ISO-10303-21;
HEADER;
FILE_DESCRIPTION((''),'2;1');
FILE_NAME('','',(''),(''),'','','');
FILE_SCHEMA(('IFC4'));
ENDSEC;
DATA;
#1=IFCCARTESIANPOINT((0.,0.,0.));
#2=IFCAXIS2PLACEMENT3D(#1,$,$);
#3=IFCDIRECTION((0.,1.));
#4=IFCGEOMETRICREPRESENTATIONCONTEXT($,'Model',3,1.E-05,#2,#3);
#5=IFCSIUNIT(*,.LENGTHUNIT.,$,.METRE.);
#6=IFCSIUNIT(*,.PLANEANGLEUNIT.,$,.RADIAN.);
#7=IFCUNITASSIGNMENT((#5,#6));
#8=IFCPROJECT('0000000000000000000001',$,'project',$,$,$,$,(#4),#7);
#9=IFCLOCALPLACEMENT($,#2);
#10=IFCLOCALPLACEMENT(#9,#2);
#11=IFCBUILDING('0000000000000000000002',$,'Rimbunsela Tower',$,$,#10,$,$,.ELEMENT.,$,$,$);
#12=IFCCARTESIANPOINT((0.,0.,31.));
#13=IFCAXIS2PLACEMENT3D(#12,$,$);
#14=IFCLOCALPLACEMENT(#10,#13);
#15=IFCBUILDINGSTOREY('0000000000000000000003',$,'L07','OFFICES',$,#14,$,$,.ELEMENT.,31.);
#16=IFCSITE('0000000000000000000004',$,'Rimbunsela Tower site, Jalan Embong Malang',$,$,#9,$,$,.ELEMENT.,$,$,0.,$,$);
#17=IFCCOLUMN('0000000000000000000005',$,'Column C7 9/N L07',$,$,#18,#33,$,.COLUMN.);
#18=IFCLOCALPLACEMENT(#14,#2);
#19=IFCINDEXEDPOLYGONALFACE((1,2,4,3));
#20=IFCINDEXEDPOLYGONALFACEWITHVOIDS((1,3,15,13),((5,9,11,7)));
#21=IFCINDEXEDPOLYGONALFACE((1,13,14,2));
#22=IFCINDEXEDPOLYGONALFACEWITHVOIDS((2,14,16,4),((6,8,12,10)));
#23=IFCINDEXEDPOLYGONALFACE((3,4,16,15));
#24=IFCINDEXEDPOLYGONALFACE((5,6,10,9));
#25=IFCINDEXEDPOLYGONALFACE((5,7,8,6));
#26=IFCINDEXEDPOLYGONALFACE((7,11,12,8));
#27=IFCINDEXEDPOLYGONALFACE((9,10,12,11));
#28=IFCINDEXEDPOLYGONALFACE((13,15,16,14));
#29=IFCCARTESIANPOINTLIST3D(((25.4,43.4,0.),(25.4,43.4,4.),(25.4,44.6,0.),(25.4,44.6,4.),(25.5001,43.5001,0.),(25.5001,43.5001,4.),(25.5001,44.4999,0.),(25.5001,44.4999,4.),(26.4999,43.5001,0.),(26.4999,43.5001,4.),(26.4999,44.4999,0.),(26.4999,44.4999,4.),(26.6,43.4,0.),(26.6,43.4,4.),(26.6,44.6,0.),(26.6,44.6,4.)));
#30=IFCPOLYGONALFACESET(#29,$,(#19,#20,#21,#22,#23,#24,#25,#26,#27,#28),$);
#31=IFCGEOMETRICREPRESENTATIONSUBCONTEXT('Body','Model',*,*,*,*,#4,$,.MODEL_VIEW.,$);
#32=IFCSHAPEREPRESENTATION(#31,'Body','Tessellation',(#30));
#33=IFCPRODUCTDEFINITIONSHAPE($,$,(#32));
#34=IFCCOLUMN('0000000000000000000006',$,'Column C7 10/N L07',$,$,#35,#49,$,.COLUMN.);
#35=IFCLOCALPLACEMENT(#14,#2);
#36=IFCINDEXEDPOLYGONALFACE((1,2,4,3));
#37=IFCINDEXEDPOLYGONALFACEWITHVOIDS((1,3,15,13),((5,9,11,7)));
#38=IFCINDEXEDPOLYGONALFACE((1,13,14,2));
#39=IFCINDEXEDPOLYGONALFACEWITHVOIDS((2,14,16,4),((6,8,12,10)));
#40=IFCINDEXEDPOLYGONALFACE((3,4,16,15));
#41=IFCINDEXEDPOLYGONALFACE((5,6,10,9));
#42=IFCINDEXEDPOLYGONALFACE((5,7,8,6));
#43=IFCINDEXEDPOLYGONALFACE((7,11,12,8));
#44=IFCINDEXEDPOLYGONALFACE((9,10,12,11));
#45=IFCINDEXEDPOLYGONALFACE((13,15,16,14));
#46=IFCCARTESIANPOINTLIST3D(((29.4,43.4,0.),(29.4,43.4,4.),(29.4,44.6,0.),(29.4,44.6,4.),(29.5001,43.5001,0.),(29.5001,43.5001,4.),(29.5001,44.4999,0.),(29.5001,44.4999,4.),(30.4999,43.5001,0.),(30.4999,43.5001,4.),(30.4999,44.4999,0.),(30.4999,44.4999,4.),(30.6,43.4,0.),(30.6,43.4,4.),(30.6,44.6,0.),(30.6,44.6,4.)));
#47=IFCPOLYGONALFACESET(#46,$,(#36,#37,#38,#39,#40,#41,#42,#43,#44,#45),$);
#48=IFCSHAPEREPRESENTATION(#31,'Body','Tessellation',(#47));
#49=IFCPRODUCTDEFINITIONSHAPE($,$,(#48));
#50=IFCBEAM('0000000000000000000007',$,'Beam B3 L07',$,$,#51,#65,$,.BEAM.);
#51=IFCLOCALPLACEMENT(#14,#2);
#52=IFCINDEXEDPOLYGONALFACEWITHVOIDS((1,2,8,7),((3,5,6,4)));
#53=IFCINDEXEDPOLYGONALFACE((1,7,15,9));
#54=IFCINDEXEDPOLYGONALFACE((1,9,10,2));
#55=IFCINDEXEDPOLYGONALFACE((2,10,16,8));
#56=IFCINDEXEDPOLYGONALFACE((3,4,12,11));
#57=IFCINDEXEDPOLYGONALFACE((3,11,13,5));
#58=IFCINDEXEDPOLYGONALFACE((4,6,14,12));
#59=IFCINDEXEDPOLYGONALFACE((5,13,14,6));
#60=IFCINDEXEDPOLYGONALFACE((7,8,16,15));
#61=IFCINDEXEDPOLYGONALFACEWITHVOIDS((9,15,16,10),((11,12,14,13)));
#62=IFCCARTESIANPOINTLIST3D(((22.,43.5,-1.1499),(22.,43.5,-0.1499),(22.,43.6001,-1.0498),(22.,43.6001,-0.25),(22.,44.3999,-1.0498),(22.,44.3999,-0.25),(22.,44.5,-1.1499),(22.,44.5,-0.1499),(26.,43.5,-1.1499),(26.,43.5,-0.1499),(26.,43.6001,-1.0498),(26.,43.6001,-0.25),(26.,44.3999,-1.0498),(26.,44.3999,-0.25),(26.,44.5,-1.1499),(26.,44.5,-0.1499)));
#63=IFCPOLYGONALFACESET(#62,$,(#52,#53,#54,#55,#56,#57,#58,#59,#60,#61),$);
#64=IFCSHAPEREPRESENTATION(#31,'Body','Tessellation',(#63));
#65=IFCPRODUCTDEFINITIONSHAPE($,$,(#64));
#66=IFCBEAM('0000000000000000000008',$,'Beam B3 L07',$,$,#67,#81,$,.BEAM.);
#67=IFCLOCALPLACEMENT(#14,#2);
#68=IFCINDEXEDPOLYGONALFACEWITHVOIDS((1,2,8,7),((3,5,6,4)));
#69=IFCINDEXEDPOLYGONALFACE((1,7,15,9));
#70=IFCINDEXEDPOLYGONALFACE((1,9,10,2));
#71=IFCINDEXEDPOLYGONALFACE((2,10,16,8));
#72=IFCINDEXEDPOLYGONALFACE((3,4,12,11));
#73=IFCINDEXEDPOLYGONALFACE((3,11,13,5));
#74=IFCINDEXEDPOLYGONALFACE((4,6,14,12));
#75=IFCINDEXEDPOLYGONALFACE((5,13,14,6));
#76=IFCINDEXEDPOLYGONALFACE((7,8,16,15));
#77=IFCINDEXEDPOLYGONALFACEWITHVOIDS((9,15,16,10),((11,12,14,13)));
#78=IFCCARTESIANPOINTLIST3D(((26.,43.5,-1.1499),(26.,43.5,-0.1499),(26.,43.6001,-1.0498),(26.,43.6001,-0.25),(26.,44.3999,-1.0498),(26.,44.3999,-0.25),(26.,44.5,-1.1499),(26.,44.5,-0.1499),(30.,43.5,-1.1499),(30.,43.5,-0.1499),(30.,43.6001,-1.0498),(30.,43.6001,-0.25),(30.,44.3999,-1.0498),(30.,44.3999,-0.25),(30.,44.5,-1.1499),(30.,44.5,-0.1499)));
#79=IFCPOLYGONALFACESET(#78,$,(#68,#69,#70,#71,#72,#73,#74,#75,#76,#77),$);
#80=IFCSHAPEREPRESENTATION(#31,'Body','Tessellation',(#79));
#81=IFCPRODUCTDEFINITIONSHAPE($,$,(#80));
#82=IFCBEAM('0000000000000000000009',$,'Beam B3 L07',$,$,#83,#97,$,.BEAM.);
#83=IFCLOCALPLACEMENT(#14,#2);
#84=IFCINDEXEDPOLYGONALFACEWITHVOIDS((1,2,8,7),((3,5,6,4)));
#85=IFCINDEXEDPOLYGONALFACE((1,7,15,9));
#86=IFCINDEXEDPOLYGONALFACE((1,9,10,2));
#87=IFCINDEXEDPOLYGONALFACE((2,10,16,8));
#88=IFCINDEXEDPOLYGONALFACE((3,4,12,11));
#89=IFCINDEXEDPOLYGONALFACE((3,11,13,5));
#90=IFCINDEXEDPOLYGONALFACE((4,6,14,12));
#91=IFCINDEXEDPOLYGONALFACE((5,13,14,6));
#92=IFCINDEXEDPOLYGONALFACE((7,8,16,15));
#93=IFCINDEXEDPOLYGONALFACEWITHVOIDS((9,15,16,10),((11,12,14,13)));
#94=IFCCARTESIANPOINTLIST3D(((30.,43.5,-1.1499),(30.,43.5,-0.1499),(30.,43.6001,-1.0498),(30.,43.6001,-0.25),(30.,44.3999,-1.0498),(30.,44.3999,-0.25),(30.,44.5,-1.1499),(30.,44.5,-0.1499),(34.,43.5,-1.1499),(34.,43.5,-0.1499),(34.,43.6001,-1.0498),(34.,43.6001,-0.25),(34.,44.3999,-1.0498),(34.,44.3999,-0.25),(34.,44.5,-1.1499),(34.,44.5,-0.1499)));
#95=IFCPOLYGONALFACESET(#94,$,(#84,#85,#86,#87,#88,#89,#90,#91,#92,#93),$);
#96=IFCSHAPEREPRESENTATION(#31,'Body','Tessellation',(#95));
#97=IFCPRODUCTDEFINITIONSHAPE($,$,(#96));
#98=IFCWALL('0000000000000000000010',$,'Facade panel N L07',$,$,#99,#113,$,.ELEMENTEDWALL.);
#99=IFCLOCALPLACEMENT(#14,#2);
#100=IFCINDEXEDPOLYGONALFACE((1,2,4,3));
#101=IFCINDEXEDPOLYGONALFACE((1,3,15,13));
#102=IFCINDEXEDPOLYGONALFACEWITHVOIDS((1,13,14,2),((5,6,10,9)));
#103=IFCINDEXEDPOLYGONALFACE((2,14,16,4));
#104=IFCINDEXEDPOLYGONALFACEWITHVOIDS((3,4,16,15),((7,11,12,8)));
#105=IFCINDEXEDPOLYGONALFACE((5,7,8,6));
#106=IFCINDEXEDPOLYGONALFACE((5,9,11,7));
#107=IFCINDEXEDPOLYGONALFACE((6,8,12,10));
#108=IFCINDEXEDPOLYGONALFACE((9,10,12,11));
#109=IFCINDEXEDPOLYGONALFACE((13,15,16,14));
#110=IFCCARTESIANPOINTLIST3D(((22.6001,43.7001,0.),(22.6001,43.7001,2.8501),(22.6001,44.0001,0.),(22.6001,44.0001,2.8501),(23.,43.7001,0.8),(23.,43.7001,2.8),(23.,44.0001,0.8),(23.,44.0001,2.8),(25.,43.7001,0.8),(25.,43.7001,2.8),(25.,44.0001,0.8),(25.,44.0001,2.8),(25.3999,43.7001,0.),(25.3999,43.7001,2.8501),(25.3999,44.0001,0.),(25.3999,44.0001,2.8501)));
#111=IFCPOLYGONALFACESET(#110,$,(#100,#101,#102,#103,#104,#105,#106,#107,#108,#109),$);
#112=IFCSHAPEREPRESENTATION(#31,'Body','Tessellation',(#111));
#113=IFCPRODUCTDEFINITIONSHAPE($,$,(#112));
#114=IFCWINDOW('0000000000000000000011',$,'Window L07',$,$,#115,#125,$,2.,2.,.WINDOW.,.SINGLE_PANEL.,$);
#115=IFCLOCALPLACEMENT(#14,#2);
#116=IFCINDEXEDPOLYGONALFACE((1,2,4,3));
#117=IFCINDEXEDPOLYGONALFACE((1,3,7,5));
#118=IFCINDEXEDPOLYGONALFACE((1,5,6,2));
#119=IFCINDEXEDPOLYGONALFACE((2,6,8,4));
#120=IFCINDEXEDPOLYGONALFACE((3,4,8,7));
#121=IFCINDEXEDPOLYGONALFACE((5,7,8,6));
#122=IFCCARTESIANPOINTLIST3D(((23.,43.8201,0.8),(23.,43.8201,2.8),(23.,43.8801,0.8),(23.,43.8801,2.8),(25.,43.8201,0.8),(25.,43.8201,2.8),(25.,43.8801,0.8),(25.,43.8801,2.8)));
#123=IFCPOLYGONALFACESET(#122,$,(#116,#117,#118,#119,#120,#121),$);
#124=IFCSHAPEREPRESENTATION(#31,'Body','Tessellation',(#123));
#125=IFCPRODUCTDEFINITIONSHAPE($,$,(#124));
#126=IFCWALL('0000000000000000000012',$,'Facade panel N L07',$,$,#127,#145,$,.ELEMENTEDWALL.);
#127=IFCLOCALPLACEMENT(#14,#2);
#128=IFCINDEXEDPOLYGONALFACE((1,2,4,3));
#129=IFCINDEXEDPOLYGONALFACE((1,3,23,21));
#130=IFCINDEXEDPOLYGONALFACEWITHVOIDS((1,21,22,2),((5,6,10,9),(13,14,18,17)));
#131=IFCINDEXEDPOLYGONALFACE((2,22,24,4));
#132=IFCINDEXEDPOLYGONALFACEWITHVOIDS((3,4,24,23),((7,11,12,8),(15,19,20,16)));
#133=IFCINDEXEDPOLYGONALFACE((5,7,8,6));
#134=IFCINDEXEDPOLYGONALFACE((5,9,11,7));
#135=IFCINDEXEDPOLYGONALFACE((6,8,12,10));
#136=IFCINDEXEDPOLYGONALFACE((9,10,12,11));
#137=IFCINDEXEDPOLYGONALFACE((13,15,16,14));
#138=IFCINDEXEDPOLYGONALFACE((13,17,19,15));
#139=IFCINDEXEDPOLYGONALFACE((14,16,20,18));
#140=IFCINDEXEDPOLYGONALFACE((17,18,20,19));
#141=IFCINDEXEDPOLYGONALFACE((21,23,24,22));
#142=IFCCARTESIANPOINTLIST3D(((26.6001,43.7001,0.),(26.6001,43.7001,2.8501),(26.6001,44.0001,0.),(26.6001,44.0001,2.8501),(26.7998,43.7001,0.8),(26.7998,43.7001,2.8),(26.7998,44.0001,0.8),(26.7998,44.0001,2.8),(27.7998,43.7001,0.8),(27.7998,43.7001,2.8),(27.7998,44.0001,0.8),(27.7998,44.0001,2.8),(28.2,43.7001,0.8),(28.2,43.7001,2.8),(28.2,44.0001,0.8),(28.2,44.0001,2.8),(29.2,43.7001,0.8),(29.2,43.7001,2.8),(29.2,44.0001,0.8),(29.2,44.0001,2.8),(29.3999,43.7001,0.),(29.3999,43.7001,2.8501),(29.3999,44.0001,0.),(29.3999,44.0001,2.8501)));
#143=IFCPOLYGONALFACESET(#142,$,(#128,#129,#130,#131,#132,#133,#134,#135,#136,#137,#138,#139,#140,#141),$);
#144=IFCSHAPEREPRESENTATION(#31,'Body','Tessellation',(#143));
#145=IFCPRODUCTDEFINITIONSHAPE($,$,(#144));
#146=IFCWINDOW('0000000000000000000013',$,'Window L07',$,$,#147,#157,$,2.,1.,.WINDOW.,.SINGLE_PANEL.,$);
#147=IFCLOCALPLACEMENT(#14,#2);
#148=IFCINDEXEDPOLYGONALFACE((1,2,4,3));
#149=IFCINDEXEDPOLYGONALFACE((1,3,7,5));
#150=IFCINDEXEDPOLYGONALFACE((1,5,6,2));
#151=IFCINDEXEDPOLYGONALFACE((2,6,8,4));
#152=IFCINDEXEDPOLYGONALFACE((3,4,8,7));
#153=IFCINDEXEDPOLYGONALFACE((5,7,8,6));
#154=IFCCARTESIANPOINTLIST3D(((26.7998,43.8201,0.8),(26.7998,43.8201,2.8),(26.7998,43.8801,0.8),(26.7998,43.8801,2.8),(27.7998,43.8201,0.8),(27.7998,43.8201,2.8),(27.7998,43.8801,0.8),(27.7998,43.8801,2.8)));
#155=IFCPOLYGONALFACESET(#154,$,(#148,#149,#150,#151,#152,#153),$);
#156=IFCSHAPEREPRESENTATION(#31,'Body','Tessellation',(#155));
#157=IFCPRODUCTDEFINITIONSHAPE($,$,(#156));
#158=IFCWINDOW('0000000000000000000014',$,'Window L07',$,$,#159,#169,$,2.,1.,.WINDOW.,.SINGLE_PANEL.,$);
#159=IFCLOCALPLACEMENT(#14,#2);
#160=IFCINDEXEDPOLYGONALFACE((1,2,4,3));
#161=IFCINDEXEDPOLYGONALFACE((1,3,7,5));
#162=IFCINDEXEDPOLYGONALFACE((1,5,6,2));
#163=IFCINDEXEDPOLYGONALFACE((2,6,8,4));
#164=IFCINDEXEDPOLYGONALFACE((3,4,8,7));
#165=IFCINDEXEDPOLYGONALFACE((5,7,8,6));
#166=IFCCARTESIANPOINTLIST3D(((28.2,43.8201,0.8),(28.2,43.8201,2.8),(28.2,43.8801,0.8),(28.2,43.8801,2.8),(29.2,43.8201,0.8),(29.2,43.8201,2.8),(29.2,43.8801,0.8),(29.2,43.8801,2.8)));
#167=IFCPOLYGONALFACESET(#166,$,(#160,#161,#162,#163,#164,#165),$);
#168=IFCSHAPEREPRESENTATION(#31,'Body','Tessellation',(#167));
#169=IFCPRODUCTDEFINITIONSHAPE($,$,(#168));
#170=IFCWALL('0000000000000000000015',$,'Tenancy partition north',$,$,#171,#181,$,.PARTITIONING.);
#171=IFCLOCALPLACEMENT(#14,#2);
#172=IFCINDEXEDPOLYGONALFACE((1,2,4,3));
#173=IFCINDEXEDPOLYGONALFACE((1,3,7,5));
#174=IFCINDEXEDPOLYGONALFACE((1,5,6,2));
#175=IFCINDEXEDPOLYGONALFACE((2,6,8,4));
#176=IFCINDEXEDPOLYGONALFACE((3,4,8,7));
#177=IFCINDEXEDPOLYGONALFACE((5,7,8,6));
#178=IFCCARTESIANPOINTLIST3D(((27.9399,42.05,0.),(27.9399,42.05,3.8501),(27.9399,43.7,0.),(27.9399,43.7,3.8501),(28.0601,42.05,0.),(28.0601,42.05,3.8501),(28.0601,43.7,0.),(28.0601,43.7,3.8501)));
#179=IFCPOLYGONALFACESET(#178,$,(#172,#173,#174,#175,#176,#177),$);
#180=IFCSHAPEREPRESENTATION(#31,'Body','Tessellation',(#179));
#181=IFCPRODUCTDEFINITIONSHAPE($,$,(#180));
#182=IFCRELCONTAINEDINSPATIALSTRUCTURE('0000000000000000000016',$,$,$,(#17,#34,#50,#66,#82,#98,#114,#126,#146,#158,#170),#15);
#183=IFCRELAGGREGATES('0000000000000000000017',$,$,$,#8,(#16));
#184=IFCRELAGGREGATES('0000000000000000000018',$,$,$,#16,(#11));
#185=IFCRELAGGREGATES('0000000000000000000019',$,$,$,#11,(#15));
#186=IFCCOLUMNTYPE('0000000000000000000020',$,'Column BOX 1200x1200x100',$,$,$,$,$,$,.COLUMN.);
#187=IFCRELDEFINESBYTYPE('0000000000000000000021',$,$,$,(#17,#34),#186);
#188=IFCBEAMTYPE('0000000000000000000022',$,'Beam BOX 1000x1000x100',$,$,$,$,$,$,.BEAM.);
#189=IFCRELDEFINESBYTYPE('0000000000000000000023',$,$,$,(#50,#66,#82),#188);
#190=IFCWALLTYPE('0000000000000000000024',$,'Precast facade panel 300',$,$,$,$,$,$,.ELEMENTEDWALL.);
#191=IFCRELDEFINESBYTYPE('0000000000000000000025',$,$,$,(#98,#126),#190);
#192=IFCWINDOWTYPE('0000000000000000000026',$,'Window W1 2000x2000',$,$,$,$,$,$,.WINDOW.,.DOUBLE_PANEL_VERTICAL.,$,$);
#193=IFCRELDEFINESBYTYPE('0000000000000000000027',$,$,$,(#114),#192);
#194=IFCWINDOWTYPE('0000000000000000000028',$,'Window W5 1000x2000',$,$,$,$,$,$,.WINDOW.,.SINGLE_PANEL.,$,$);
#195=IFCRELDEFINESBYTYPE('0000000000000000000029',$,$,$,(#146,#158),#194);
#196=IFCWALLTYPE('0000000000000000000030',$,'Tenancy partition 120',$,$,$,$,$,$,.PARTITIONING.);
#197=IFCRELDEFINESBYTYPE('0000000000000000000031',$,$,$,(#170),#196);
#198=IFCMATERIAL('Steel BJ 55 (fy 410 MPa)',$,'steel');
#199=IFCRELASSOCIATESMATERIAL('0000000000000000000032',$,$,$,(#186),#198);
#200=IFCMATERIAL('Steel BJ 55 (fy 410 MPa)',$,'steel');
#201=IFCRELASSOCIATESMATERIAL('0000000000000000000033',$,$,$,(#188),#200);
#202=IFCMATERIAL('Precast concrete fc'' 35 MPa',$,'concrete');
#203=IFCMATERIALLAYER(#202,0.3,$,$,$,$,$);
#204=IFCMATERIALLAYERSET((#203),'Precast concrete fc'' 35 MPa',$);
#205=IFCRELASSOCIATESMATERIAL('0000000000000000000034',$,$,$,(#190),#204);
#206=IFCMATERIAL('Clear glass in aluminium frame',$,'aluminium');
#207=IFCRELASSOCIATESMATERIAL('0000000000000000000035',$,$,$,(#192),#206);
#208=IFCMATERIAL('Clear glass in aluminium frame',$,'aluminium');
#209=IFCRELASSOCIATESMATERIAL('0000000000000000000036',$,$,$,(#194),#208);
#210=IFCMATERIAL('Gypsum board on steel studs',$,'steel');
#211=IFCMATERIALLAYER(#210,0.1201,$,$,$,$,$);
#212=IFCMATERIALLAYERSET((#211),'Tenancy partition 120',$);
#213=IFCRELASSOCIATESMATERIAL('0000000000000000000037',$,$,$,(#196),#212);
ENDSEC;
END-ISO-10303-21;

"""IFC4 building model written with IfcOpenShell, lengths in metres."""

from ifc_helpers import new_model, si_unit, direction, frame, frame_2d, origin, origin_2d, place, context, subcontext, project, spatial, rectangle, hollow_rectangle, extrude, material, layer, layer_set, material_profile, profile_set, type_object, element, fill, save


model = new_model("IFC4")

# Units and contexts
model_context = context("Model", 3, precision=1e-05, world=origin(), true_north=direction((0.0, 1.0)))
body_context = subcontext(model_context, "Body", "Model", "MODEL_VIEW")
ifc_project = project(units=[si_unit("LENGTHUNIT", "METRE"), si_unit("PLANEANGLEUNIT", "RADIAN")], contexts=[model_context])

# Site, building, storey
site_placement = place(None, origin())
site = spatial("IfcSite", under=ifc_project, at=site_placement, Name="Rimbunsela Tower site, Jalan Embong Malang", CompositionType="ELEMENT", RefElevation=0.0)
building_placement = place(site_placement, origin())
building = spatial("IfcBuilding", under=site, at=building_placement, Name="Rimbunsela Tower", CompositionType="ELEMENT")
storey_placement = place(building_placement, frame((0.0, 0.0, 31.0)))
storey = spatial("IfcBuildingStorey", under=building, at=storey_placement, Name="L07", Description="OFFICES", CompositionType="ELEMENT", Elevation=31.0)

# Columns
ifc_material_1 = material(Name="Steel BJ 55 (fy 410 MPa)", Category="steel")
ifc_material_profile_1 = material_profile(ifc_material_1, hollow_rectangle(XDim=1.2, YDim=1.2, WallThickness=0.1001, at=origin_2d()), Name="BOX 1200x1200x100")
ifc_profile_set_1 = profile_set([ifc_material_profile_1], Name="Steel BJ 55 (fy 410 MPa)")
column_type = type_object("IfcColumnType", Name="Column BOX 1200x1200x100", PredefinedType="COLUMN", material=ifc_profile_set_1)
for number, where, z_axis, x_axis, name in (
    (1, (26.0, 44.0, 0.0), (0.0, 0.0, 1.0), (1.0, 0.0, 0.0), "Column C7 9/N L07"),
    (2, (30.0, 44.0, 0.0), (0.0, 0.0, 1.0), (1.0, 0.0, 0.0), "Column C7 10/N L07"),
):
    element("IfcColumn", number, at=place(storey_placement, frame(where, z_axis=z_axis, x_axis=x_axis)), inside=storey, type_object=column_type, Name=name, PredefinedType="COLUMN", context=body_context, shape_type="SweptSolid", body=[
        extrude(hollow_rectangle(XDim=1.2, YDim=1.2, WallThickness=0.1001, at=origin_2d()), origin(), (0.0, 0.0, 1.0), 4.0),
    ])

# Beams
ifc_material_2 = material(Name="Steel BJ 55 (fy 410 MPa)", Category="steel")
ifc_material_profile_2 = material_profile(ifc_material_2, hollow_rectangle(XDim=1.0, YDim=1.0, WallThickness=0.1001, at=origin_2d()), Name="BOX 1000x1000x100")
ifc_profile_set_2 = profile_set([ifc_material_profile_2], Name="Steel BJ 55 (fy 410 MPa)")
beam_type = type_object("IfcBeamType", Name="Beam BOX 1000x1000x100", PredefinedType="BEAM", material=ifc_profile_set_2)
for number, where, z_axis, x_axis, name in (
    (3, (22.0, 44.0, -0.6499), (1.0, 0.0, 0.0), (0.0, 1.0, 0.0), "Beam B3 L07"),
    (4, (26.0, 44.0, -0.6499), (1.0, 0.0, 0.0), (0.0, 1.0, 0.0), "Beam B3 L07"),
    (5, (30.0, 44.0, -0.6499), (1.0, 0.0, 0.0), (0.0, 1.0, 0.0), "Beam B3 L07"),
):
    element("IfcBeam", number, at=place(storey_placement, frame(where, z_axis=z_axis, x_axis=x_axis)), inside=storey, type_object=beam_type, Name=name, PredefinedType="BEAM", context=body_context, shape_type="SweptSolid", body=[
        extrude(hollow_rectangle(XDim=1.0, YDim=1.0, WallThickness=0.1001, at=origin_2d()), origin(), (0.0, 0.0, 1.0), 4.0),
    ])

# Wall, opening, window
ifc_material_3 = material(Name="Precast concrete fc' 35 MPa", Category="concrete")
ifc_layer_1 = layer(ifc_material_3, 0.3)
ifc_layer_set_1 = layer_set([ifc_layer_1], Name="Precast concrete fc' 35 MPa")
wall_type_1 = type_object("IfcWallType", Name="Precast facade panel 300", PredefinedType="ELEMENTEDWALL", material=ifc_layer_set_1)
wall_1_placement = place(storey_placement, frame((25.3999, 43.8501, 0.0), z_axis=(0.0, 0.0, 1.0), x_axis=(-1.0, 0.0, 0.0)))
wall_1 = element("IfcWall", 6, at=wall_1_placement, inside=storey, type_object=wall_type_1, Name="Facade panel N L07", PredefinedType="ELEMENTEDWALL", context=body_context, shape_type="SweptSolid", body=[
    extrude(rectangle(XDim=2.7998, YDim=0.3, at=frame_2d((1.3999, 0.0))), origin(), (0.0, 0.0, 1.0), 2.8501),
])
opening_1_placement = place(wall_1_placement, frame((0.3999, 0.0, 0.8)))
opening_1 = element("IfcOpeningElement", 7, at=opening_1_placement, cuts=wall_1, PredefinedType="OPENING", context=body_context, shape_type="SweptSolid", body=[
    extrude(rectangle(XDim=2.0, YDim=2.0, at=frame_2d((1.0, 1.0))), frame((0.0, 0.1599, 0.0), z_axis=(0.0, -1.0, 0.0), x_axis=(1.0, 0.0, 0.0)), (0.0, 0.0, 1.0), 0.3201),
])
ifc_material_4 = material(Name="Clear glass in aluminium frame", Category="aluminium")
window_type_1 = type_object("IfcWindowType", Name="Window W1 2000x2000", PartitioningType="DOUBLE_PANEL_VERTICAL", PredefinedType="WINDOW", material=ifc_material_4)
window_1_placement = place(opening_1_placement, origin())
window_1 = element("IfcWindow", 8, at=window_1_placement, inside=storey, type_object=window_type_1, Name="Window L07", OverallHeight=2.0, OverallWidth=2.0, PartitioningType="SINGLE_PANEL", PredefinedType="WINDOW", context=body_context, shape_type="SweptSolid", body=[
    extrude(rectangle(XDim=2.0, YDim=2.0, at=frame_2d((1.0, 1.0))), frame((0.0, 0.03, 0.0), z_axis=(0.0, -1.0, 0.0), x_axis=(1.0, 0.0, 0.0)), (0.0, 0.0, 1.0), 0.0601),
])
fill(opening_1, window_1)

# Wall, openings, windows
wall_2_placement = place(storey_placement, frame((29.3999, 43.8501, 0.0), z_axis=(0.0, 0.0, 1.0), x_axis=(-1.0, 0.0, 0.0)))
wall_2 = element("IfcWall", 9, at=wall_2_placement, inside=storey, type_object=wall_type_1, Name="Facade panel N L07", PredefinedType="ELEMENTEDWALL", context=body_context, shape_type="SweptSolid", body=[
    extrude(rectangle(XDim=2.7998, YDim=0.3, at=frame_2d((1.3999, 0.0))), origin(), (0.0, 0.0, 1.0), 2.8501),
])
opening_2_placement = place(wall_2_placement, frame((1.6001, 0.0, 0.8)))
opening_2 = element("IfcOpeningElement", 10, at=opening_2_placement, cuts=wall_2, PredefinedType="OPENING", context=body_context, shape_type="SweptSolid", body=[
    extrude(rectangle(XDim=1.0, YDim=2.0, at=frame_2d((0.5, 1.0))), frame((0.0, 0.1599, 0.0), z_axis=(0.0, -1.0, 0.0), x_axis=(1.0, 0.0, 0.0)), (0.0, 0.0, 1.0), 0.3201),
])
opening_3_placement = place(wall_2_placement, frame((0.2, 0.0, 0.8)))
opening_3 = element("IfcOpeningElement", 11, at=opening_3_placement, cuts=wall_2, PredefinedType="OPENING", context=body_context, shape_type="SweptSolid", body=[
    extrude(rectangle(XDim=1.0, YDim=2.0, at=frame_2d((0.5, 1.0))), frame((0.0, 0.1599, 0.0), z_axis=(0.0, -1.0, 0.0), x_axis=(1.0, 0.0, 0.0)), (0.0, 0.0, 1.0), 0.3201),
])
ifc_material_5 = material(Name="Clear glass in aluminium frame", Category="aluminium")
window_type_2 = type_object("IfcWindowType", Name="Window W5 1000x2000", PartitioningType="SINGLE_PANEL", PredefinedType="WINDOW", material=ifc_material_5)
window_2_placement = place(opening_2_placement, origin())
window_2 = element("IfcWindow", 12, at=window_2_placement, inside=storey, type_object=window_type_2, Name="Window L07", OverallHeight=2.0, OverallWidth=1.0, PartitioningType="SINGLE_PANEL", PredefinedType="WINDOW", context=body_context, shape_type="SweptSolid", body=[
    extrude(rectangle(XDim=1.0, YDim=2.0, at=frame_2d((0.5, 1.0))), frame((0.0, 0.03, 0.0), z_axis=(0.0, -1.0, 0.0), x_axis=(1.0, 0.0, 0.0)), (0.0, 0.0, 1.0), 0.0601),
])
fill(opening_2, window_2)
window_3_placement = place(opening_3_placement, origin())
window_3 = element("IfcWindow", 13, at=window_3_placement, inside=storey, type_object=window_type_2, Name="Window L07", OverallHeight=2.0, OverallWidth=1.0, PartitioningType="SINGLE_PANEL", PredefinedType="WINDOW", context=body_context, shape_type="SweptSolid", body=[
    extrude(rectangle(XDim=1.0, YDim=2.0, at=frame_2d((0.5, 1.0))), frame((0.0, 0.03, 0.0), z_axis=(0.0, -1.0, 0.0), x_axis=(1.0, 0.0, 0.0)), (0.0, 0.0, 1.0), 0.0601),
])
fill(opening_3, window_3)

# Wall
ifc_material_6 = material(Name="Gypsum board on steel studs", Category="steel")
ifc_layer_2 = layer(ifc_material_6, 0.1201)
ifc_layer_set_2 = layer_set([ifc_layer_2], Name="Tenancy partition 120")
wall_type_2 = type_object("IfcWallType", Name="Tenancy partition 120", PredefinedType="PARTITIONING", material=ifc_layer_set_2)
wall_3_placement = place(storey_placement, frame((28.0, 42.05, 0.0), z_axis=(0.0, 0.0, 1.0), x_axis=(0.0, 1.0, 0.0)))
element("IfcWall", 14, at=wall_3_placement, inside=storey, type_object=wall_type_2, Name="Tenancy partition north", PredefinedType="PARTITIONING", context=body_context, shape_type="SweptSolid", body=[
    extrude(rectangle(XDim=1.6499, YDim=0.1201, at=frame_2d((0.825, 0.0))), origin(), (0.0, 0.0, 1.0), 3.8501),
])

save(model, "model.ifc")
